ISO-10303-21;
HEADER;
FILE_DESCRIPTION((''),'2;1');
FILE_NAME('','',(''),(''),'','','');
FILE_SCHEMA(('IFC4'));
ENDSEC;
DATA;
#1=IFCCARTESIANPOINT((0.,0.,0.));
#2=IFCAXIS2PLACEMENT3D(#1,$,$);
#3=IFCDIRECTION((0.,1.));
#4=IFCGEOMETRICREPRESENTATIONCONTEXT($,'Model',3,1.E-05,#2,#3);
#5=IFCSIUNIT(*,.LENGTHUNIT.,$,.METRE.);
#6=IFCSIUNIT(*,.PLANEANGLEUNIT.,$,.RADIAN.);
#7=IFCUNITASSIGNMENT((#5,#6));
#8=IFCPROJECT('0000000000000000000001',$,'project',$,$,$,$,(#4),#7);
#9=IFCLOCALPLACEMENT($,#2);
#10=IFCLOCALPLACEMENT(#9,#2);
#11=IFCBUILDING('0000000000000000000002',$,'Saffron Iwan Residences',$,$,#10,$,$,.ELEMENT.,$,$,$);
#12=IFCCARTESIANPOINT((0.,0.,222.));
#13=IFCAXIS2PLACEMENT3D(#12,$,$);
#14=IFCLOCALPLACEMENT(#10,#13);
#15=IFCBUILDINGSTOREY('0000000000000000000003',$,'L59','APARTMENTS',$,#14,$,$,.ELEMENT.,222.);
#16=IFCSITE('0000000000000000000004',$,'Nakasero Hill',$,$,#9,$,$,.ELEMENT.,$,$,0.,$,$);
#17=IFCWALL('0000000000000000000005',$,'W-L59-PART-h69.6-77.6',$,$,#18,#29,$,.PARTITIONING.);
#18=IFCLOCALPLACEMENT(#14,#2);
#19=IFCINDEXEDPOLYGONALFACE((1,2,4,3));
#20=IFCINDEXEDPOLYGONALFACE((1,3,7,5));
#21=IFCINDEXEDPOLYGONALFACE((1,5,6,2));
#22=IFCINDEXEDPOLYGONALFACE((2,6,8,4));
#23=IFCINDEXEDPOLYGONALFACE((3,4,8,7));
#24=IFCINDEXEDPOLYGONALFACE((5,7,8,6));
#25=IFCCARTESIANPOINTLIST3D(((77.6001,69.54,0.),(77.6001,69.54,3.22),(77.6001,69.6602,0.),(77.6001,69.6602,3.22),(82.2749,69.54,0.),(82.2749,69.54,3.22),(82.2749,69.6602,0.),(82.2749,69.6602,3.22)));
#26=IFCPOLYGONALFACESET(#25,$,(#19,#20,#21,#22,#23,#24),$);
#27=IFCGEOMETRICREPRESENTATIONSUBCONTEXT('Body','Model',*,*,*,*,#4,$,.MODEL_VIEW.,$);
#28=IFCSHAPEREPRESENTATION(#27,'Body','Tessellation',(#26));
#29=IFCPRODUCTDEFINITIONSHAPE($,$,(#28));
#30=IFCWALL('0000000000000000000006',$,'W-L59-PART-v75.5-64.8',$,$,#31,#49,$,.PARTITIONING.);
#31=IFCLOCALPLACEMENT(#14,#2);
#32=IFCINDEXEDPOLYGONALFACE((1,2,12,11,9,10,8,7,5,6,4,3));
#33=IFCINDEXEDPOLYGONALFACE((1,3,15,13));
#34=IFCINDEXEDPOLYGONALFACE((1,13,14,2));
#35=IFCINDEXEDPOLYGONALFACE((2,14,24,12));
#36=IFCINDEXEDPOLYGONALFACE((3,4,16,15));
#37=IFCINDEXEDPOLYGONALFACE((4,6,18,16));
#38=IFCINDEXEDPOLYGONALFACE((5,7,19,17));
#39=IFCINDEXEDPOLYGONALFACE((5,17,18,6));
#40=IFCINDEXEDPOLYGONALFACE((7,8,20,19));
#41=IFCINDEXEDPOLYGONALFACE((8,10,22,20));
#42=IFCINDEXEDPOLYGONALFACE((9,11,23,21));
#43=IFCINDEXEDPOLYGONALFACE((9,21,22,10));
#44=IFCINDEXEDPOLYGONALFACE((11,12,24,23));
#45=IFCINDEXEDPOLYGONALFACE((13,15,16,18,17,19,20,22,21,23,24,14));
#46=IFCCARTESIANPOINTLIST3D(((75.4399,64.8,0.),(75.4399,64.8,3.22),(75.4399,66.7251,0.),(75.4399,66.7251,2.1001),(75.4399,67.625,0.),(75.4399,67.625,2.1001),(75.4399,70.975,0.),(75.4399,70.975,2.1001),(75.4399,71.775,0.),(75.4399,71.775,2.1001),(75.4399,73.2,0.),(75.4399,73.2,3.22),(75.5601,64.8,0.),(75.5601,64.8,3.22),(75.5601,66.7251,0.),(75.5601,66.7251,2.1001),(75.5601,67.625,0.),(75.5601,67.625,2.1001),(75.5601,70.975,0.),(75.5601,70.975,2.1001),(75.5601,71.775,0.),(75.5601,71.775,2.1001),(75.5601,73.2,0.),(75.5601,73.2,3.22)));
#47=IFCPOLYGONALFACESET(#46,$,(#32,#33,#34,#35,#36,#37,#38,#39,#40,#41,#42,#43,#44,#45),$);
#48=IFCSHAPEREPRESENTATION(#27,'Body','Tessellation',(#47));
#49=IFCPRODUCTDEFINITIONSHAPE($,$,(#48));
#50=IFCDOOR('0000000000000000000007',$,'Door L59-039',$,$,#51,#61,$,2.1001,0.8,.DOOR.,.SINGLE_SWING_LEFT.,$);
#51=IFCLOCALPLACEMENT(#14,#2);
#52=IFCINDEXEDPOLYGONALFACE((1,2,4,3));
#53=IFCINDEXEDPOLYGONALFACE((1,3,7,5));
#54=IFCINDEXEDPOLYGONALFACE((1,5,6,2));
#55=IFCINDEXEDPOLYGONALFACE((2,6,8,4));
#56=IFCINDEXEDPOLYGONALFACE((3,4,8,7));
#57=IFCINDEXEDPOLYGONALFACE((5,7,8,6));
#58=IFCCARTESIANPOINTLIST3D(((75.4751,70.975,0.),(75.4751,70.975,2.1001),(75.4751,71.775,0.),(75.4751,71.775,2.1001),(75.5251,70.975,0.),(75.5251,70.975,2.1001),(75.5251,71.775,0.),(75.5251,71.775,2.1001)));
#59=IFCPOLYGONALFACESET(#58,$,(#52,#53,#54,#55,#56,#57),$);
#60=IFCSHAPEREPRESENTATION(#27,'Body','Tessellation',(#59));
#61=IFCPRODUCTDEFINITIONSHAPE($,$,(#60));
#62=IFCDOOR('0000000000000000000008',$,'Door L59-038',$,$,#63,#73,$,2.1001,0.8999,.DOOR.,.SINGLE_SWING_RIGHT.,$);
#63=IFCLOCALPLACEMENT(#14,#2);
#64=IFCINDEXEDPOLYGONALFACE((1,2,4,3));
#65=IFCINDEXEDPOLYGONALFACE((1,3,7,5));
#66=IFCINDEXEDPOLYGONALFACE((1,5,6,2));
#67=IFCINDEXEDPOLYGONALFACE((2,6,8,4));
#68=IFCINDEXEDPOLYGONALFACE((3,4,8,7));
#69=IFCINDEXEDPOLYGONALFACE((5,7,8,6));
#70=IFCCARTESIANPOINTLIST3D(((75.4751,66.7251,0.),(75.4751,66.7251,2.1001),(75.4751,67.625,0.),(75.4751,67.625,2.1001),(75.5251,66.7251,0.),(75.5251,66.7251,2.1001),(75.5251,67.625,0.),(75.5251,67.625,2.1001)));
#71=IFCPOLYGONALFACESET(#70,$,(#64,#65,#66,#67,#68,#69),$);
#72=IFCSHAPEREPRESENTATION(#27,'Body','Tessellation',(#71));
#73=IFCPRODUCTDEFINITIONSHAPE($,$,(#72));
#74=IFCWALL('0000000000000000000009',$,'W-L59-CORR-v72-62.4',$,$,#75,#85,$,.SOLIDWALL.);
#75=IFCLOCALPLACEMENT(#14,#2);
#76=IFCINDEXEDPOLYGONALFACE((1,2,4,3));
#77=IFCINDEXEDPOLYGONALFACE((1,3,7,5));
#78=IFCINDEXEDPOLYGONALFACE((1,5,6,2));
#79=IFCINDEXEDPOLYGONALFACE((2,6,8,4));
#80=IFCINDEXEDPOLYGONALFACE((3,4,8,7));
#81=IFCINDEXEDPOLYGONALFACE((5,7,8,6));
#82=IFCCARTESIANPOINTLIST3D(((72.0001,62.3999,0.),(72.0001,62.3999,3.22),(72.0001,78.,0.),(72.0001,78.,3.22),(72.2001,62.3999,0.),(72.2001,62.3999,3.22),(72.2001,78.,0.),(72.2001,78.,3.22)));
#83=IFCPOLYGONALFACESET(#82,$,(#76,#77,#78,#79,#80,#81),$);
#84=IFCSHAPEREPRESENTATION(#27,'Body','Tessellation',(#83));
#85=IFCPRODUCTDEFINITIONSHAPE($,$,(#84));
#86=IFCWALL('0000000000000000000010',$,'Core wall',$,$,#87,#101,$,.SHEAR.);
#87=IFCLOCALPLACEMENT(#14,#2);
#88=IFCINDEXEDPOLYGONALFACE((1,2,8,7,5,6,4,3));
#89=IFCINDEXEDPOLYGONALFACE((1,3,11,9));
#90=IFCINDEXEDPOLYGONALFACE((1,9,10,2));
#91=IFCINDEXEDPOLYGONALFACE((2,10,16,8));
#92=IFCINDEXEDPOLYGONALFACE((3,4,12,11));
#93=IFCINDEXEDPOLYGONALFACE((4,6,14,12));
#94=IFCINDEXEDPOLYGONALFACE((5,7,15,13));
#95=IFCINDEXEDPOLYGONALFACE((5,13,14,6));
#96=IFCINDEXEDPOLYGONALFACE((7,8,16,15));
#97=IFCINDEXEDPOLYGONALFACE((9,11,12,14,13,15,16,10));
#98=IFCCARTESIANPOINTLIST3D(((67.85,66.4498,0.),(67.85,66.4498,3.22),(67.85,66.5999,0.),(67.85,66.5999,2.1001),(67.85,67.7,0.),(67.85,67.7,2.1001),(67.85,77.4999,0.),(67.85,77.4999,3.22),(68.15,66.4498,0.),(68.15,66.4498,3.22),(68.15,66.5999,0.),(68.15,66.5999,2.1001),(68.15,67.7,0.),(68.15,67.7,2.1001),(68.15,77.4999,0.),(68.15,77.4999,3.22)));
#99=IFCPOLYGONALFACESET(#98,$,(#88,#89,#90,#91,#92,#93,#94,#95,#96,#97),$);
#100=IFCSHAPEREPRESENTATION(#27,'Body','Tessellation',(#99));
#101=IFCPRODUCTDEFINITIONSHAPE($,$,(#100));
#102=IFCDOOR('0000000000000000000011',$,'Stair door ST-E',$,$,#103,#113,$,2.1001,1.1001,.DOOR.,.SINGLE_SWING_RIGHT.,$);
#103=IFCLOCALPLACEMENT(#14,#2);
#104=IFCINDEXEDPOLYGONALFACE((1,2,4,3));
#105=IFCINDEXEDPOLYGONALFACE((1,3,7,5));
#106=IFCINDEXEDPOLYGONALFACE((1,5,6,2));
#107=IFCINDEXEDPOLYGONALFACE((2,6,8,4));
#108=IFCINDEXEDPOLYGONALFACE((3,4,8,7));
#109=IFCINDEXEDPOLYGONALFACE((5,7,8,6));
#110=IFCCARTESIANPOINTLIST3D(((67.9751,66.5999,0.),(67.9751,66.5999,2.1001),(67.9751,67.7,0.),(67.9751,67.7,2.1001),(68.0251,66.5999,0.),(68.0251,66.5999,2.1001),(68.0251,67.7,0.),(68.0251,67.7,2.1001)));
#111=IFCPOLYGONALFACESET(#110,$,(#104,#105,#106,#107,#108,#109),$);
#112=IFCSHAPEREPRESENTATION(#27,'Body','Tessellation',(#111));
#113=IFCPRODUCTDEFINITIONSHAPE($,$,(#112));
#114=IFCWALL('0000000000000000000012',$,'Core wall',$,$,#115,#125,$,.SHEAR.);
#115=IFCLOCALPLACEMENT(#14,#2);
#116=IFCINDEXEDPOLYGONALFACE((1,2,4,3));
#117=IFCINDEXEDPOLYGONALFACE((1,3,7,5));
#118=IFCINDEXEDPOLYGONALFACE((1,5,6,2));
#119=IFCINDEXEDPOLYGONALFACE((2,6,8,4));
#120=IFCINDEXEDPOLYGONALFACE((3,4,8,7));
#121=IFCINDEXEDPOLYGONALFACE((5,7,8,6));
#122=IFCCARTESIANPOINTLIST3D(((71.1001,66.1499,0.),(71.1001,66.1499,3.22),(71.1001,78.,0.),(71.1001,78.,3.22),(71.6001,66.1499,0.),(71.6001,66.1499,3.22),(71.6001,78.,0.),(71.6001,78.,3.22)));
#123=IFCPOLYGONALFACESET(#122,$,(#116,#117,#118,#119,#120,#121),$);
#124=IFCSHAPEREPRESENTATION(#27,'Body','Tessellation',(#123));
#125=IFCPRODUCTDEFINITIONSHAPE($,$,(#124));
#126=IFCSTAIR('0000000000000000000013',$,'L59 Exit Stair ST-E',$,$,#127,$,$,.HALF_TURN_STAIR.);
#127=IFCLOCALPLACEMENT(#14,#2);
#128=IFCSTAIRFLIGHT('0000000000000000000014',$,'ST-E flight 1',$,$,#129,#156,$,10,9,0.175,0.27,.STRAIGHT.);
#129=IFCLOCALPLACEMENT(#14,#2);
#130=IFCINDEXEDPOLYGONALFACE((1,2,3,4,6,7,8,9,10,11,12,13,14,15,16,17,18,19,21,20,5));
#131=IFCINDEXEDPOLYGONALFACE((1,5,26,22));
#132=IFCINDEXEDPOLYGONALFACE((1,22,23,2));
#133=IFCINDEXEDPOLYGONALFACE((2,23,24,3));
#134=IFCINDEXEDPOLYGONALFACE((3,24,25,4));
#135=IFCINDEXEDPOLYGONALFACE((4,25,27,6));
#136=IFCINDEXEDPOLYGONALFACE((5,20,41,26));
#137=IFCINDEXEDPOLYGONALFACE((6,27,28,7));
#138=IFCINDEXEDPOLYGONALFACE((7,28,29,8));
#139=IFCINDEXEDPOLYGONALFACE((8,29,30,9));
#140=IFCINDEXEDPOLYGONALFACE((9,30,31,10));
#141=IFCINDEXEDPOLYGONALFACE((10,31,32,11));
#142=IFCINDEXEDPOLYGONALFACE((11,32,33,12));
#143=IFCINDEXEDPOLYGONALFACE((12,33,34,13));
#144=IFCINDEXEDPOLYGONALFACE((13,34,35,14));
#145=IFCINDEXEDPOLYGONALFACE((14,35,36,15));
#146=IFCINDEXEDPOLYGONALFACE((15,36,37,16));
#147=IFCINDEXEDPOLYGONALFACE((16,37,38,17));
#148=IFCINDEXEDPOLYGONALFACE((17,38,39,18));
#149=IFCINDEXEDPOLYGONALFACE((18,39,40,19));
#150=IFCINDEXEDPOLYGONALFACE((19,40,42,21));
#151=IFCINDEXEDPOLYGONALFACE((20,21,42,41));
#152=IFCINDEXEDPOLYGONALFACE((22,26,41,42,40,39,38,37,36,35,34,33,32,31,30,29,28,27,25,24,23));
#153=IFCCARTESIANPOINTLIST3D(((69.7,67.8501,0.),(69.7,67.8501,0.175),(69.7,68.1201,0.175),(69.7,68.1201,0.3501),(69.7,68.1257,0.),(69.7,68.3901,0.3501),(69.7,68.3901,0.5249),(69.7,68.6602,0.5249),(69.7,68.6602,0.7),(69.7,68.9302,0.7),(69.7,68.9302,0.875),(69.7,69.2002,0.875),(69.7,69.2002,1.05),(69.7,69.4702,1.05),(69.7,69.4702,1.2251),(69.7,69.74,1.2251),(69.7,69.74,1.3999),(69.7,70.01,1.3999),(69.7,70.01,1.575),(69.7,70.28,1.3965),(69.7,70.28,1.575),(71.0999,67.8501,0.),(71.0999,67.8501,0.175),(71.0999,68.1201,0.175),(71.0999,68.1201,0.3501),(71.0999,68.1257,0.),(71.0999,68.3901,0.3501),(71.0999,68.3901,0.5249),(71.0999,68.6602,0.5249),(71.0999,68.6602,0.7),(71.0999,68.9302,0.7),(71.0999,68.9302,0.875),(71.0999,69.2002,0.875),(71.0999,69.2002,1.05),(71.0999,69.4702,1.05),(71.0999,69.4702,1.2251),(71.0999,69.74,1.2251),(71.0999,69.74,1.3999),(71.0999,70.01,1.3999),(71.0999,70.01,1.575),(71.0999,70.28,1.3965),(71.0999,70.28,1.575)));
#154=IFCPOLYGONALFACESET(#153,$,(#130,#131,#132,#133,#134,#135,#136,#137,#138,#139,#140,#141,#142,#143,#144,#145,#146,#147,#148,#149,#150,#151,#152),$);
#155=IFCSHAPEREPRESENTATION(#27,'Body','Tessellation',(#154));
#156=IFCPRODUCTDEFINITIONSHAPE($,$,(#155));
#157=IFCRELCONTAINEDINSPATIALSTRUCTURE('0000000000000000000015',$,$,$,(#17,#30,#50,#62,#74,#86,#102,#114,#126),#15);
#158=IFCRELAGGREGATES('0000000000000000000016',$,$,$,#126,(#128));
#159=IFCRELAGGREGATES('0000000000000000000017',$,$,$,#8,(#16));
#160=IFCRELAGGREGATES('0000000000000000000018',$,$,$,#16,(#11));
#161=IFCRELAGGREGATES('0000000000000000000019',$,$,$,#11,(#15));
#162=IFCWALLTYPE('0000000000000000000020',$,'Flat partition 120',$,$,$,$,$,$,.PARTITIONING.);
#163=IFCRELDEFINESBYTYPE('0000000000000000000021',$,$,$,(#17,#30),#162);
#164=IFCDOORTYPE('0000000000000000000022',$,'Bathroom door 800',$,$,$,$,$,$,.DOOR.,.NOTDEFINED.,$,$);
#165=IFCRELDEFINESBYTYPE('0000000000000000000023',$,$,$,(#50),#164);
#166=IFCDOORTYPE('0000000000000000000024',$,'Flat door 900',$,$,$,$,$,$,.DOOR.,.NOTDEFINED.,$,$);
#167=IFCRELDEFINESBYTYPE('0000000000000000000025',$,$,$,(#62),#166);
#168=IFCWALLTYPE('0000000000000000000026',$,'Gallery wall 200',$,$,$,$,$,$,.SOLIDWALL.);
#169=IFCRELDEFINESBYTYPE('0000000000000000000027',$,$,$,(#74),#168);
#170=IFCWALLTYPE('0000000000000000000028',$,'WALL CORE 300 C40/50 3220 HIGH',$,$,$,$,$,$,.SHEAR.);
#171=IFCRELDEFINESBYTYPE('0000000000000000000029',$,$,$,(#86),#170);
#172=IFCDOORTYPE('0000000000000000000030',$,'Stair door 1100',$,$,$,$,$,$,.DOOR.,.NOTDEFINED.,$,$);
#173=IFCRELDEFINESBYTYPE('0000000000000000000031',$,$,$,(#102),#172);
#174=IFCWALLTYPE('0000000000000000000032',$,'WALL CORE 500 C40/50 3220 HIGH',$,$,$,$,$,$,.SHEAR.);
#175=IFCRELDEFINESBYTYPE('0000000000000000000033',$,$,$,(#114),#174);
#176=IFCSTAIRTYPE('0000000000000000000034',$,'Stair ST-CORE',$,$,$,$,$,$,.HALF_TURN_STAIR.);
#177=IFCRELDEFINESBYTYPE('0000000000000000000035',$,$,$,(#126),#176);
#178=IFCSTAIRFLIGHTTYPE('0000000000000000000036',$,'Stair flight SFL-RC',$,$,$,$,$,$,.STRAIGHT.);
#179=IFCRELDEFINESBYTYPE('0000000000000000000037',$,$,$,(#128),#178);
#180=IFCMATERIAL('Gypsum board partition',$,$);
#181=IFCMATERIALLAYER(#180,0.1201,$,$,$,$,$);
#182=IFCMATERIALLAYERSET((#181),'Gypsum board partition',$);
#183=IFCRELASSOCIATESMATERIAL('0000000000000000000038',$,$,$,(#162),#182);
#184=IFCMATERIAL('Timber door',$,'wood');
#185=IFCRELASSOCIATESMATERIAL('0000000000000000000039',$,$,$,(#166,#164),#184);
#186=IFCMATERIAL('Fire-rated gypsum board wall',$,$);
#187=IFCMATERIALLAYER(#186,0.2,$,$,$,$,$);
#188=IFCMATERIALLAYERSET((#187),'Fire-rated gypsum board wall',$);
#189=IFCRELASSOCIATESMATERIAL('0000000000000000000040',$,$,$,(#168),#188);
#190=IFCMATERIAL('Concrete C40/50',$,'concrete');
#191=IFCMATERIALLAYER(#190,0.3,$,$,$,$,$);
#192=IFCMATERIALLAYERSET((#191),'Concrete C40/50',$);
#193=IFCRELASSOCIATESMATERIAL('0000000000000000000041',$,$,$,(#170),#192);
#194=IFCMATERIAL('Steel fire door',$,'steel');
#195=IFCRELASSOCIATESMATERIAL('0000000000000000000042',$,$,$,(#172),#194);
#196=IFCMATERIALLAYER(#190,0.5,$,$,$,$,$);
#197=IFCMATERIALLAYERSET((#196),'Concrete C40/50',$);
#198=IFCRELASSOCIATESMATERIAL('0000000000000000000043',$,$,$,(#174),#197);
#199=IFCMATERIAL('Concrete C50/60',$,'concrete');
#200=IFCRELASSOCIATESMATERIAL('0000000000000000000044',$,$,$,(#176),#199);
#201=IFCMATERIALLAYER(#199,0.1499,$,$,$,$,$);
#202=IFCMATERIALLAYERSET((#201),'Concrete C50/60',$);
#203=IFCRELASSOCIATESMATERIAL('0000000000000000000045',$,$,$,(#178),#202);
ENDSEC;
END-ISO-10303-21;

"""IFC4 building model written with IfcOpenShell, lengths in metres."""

from ifc_helpers import new_model, si_unit, direction, frame, frame_2d, origin, place, context, subcontext, project, spatial, polyline, rectangle, outline, extrude, material, layer, layer_set, type_object, element, fill, aggregate, save


model = new_model("IFC4")

# Units and contexts
model_context = context("Model", 3, precision=1e-05, world=origin(), true_north=direction((0.0, 1.0)))
body_context = subcontext(model_context, "Body", "Model", "MODEL_VIEW")
ifc_project = project(units=[si_unit("LENGTHUNIT", "METRE"), si_unit("PLANEANGLEUNIT", "RADIAN")], contexts=[model_context])

# Site, building, storey
site_placement = place(None, origin())
site = spatial("IfcSite", under=ifc_project, at=site_placement, Name="Nakasero Hill", CompositionType="ELEMENT", RefElevation=0.0)
building_placement = place(site_placement, origin())
building = spatial("IfcBuilding", under=site, at=building_placement, Name="Saffron Iwan Residences", CompositionType="ELEMENT")
storey_placement = place(building_placement, frame((0.0, 0.0, 222.0)))
storey = spatial("IfcBuildingStorey", under=building, at=storey_placement, Name="L59", Description="APARTMENTS", CompositionType="ELEMENT", Elevation=222.0)

# Shared definitions
ifc_material_1 = material(Name="Concrete C40/50", Category="concrete")

# Shared definitions
ifc_material_2 = material(Name="Fire-rated gypsum board wall")
ifc_material_3 = material(Name="Gypsum board partition")
ifc_layer_1 = layer(ifc_material_3, 0.1201)
ifc_layer_set_1 = layer_set([ifc_layer_1], Name="Gypsum board partition")
wall_type_1 = type_object("IfcWallType", Name="Flat partition 120", PredefinedType="PARTITIONING", material=ifc_layer_set_1)

# Shared definitions
ifc_material_4 = material(Name="Timber door", Category="wood")
door_type_1 = type_object("IfcDoorType", Name="Flat door 900", OperationType="NOTDEFINED", PredefinedType="DOOR", material=ifc_material_4)

# Wall
wall_1_placement = place(storey_placement, frame((77.6001, 69.6001, 0.0), z_axis=(0.0, 0.0, 1.0), x_axis=(1.0, 0.0, 0.0)))
element("IfcWall", 1, at=wall_1_placement, inside=storey, type_object=wall_type_1, Name="W-L59-PART-h69.6-77.6", PredefinedType="PARTITIONING", context=body_context, shape_type="SweptSolid", body=[
    extrude(rectangle(XDim=4.6748, YDim=0.1201, at=frame_2d((2.3374, 0.0))), origin(), (0.0, 0.0, 1.0), 3.22),
])

# Wall, openings, doors
wall_2_placement = place(storey_placement, frame((75.5, 64.8, 0.0), z_axis=(0.0, 0.0, 1.0), x_axis=(0.0, 1.0, 0.0)))
wall_2 = element("IfcWall", 2, at=wall_2_placement, inside=storey, type_object=wall_type_1, Name="W-L59-PART-v75.5-64.8", PredefinedType="PARTITIONING", context=body_context, shape_type="SweptSolid", body=[
    extrude(rectangle(XDim=8.3999, YDim=0.1201, at=frame_2d((4.2, 0.0))), origin(), (0.0, 0.0, 1.0), 3.22),
])
opening_1_placement = place(wall_2_placement, frame((1.925, 0.0, 0.0)))
opening_1 = element("IfcOpeningElement", 3, at=opening_1_placement, cuts=wall_2, PredefinedType="OPENING", context=body_context, shape_type="SweptSolid", body=[
    extrude(rectangle(XDim=0.8999, YDim=2.1001, at=frame_2d((0.45, 1.05))), frame((0.0, 0.0701, 0.0), z_axis=(0.0, -1.0, 0.0), x_axis=(1.0, 0.0, 0.0)), (0.0, 0.0, 1.0), 0.1401),
])
opening_2_placement = place(wall_2_placement, frame((6.175, 0.0, 0.0)))
opening_2 = element("IfcOpeningElement", 4, at=opening_2_placement, cuts=wall_2, PredefinedType="OPENING", context=body_context, shape_type="SweptSolid", body=[
    extrude(rectangle(XDim=0.8, YDim=2.1001, at=frame_2d((0.3999, 1.05))), frame((0.0, 0.0701, 0.0), z_axis=(0.0, -1.0, 0.0), x_axis=(1.0, 0.0, 0.0)), (0.0, 0.0, 1.0), 0.1401),
])
door_type_2 = type_object("IfcDoorType", Name="Bathroom door 800", OperationType="NOTDEFINED", PredefinedType="DOOR", material=ifc_material_4)
door_1_placement = place(opening_2_placement, origin())
door_1 = element("IfcDoor", 5, at=door_1_placement, inside=storey, type_object=door_type_2, Name="Door L59-039", OperationType="SINGLE_SWING_LEFT", OverallHeight=2.1001, OverallWidth=0.8, PredefinedType="DOOR", context=body_context, shape_type="SweptSolid", body=[
    extrude(rectangle(XDim=0.8, YDim=2.1001, at=frame_2d((0.3999, 1.05))), frame((0.0, 0.0249, 0.0), z_axis=(0.0, -1.0, 0.0), x_axis=(1.0, 0.0, 0.0)), (0.0, 0.0, 1.0), 0.05),
])
fill(opening_2, door_1)
door_2_placement = place(opening_1_placement, origin())
door_2 = element("IfcDoor", 6, at=door_2_placement, inside=storey, type_object=door_type_1, Name="Door L59-038", OperationType="SINGLE_SWING_RIGHT", OverallHeight=2.1001, OverallWidth=0.8999, PredefinedType="DOOR", context=body_context, shape_type="SweptSolid", body=[
    extrude(rectangle(XDim=0.8999, YDim=2.1001, at=frame_2d((0.45, 1.05))), frame((0.0, 0.0249, 0.0), z_axis=(0.0, -1.0, 0.0), x_axis=(1.0, 0.0, 0.0)), (0.0, 0.0, 1.0), 0.05),
])
fill(opening_1, door_2)

# Wall
ifc_layer_2 = layer(ifc_material_2, 0.2)
ifc_layer_set_2 = layer_set([ifc_layer_2], Name="Fire-rated gypsum board wall")
wall_type_2 = type_object("IfcWallType", Name="Gallery wall 200", PredefinedType="SOLIDWALL", material=ifc_layer_set_2)
wall_3_placement = place(storey_placement, frame((72.1001, 62.3999, 0.0), z_axis=(0.0, 0.0, 1.0), x_axis=(0.0, 1.0, 0.0)))
element("IfcWall", 7, at=wall_3_placement, inside=storey, type_object=wall_type_2, Name="W-L59-CORR-v72-62.4", PredefinedType="SOLIDWALL", context=body_context, shape_type="SweptSolid", body=[
    extrude(rectangle(XDim=15.6001, YDim=0.2, at=frame_2d((7.8, 0.0))), origin(), (0.0, 0.0, 1.0), 3.22),
])

# Wall, opening, door
ifc_layer_3 = layer(ifc_material_1, 0.3)
ifc_layer_set_3 = layer_set([ifc_layer_3], Name="Concrete C40/50")
wall_type_3 = type_object("IfcWallType", Name="WALL CORE 300 C40/50 3220 HIGH", PredefinedType="SHEAR", material=ifc_layer_set_3)
wall_4_placement = place(storey_placement, frame((68.0, 66.45, 0.0), z_axis=(0.0, 0.0, 1.0), x_axis=(0.0, 1.0, 0.0)))
wall_4 = element("IfcWall", 8, at=wall_4_placement, inside=storey, type_object=wall_type_3, Name="Core wall", PredefinedType="SHEAR", context=body_context, shape_type="SweptSolid", body=[
    extrude(rectangle(XDim=11.05, YDim=0.3, at=frame_2d((5.5249, 0.0))), origin(), (0.0, 0.0, 1.0), 3.22),
])
opening_3_placement = place(wall_4_placement, frame((0.1499, 0.0, 0.0)))
opening_3 = element("IfcOpeningElement", 9, at=opening_3_placement, cuts=wall_4, PredefinedType="OPENING", context=body_context, shape_type="SweptSolid", body=[
    extrude(rectangle(XDim=1.1001, YDim=2.1001, at=frame_2d((0.55, 1.05))), frame((0.0, 0.1602, 0.0), z_axis=(0.0, -1.0, 0.0), x_axis=(1.0, 0.0, 0.0)), (0.0, 0.0, 1.0), 0.3201),
])
ifc_material_5 = material(Name="Steel fire door", Category="steel")
door_type_3 = type_object("IfcDoorType", Name="Stair door 1100", OperationType="NOTDEFINED", PredefinedType="DOOR", material=ifc_material_5)
door_3_placement = place(opening_3_placement, origin())
door_3 = element("IfcDoor", 10, at=door_3_placement, inside=storey, type_object=door_type_3, Name="Stair door ST-E", OperationType="SINGLE_SWING_RIGHT", OverallHeight=2.1001, OverallWidth=1.1001, PredefinedType="DOOR", context=body_context, shape_type="SweptSolid", body=[
    extrude(rectangle(XDim=1.1001, YDim=2.1001, at=frame_2d((0.55, 1.05))), frame((0.0, 0.0249, 0.0), z_axis=(0.0, -1.0, 0.0), x_axis=(1.0, 0.0, 0.0)), (0.0, 0.0, 1.0), 0.05),
])
fill(opening_3, door_3)

# Wall
ifc_layer_4 = layer(ifc_material_1, 0.5)
ifc_layer_set_4 = layer_set([ifc_layer_4], Name="Concrete C40/50")
wall_type_4 = type_object("IfcWallType", Name="WALL CORE 500 C40/50 3220 HIGH", PredefinedType="SHEAR", material=ifc_layer_set_4)
wall_5_placement = place(storey_placement, frame((71.3501, 66.1499, 0.0), z_axis=(0.0, 0.0, 1.0), x_axis=(0.0, 1.0, 0.0)))
element("IfcWall", 11, at=wall_5_placement, inside=storey, type_object=wall_type_4, Name="Core wall", PredefinedType="SHEAR", context=body_context, shape_type="SweptSolid", body=[
    extrude(rectangle(XDim=11.8501, YDim=0.5, at=frame_2d((5.925, 0.0))), origin(), (0.0, 0.0, 1.0), 3.22),
])

# Stair, stair flight
ifc_material_6 = material(Name="Concrete C50/60", Category="concrete")
stair_type = type_object("IfcStairType", Name="Stair ST-CORE", PredefinedType="HALF_TURN_STAIR", material=ifc_material_6)
stair_placement = place(storey_placement, origin())
stair = element("IfcStair", 12, at=stair_placement, inside=storey, type_object=stair_type, Name="L59 Exit Stair ST-E", PredefinedType="HALF_TURN_STAIR")
ifc_layer_5 = layer(ifc_material_6, 0.1499)
ifc_layer_set_5 = layer_set([ifc_layer_5], Name="Concrete C50/60")
stair_flight_type = type_object("IfcStairFlightType", Name="Stair flight SFL-RC", PredefinedType="STRAIGHT", material=ifc_layer_set_5)
stair_flight_placement = place(storey_placement, frame((70.3999, 67.8501, 0.0), z_axis=(0.0, 0.0, 1.0), x_axis=(0.0, 1.0, 0.0)))
stair_flight = element("IfcStairFlight", 13, at=stair_flight_placement, type_object=stair_flight_type, Name="ST-E flight 1", NumberOfRisers=10, NumberOfTreads=9, PredefinedType="STRAIGHT", RiserHeight=0.175, TreadLength=0.27, context=body_context, shape_type="SweptSolid", body=[
    extrude(outline(polyline([(0.0, 0.0), (0.0, 0.175), (0.27, 0.175), (0.27, 0.3501), (0.54, 0.3501), (0.54, 0.5249), (0.8101, 0.5249), (0.8101, 0.7), (1.0801, 0.7), (1.0801, 0.875), (1.3501, 0.875), (1.3501, 1.05), (1.6201, 1.05), (1.6201, 1.2251), (1.8899, 1.2251), (1.8899, 1.3999), (2.1599, 1.3999), (2.1599, 1.575), (2.4299, 1.575), (2.4299, 1.75), (2.4299, 1.3965), (0.2756, 0.0), (0.0, 0.0)])), frame((0.0, 0.7, 0.0), z_axis=(0.0, -1.0, 0.0), x_axis=(1.0, 0.0, 0.0)), (0.0, 0.0, 1.0), 1.3999),
])
aggregate(stair, [stair_flight])

save(model, "model.ifc")
